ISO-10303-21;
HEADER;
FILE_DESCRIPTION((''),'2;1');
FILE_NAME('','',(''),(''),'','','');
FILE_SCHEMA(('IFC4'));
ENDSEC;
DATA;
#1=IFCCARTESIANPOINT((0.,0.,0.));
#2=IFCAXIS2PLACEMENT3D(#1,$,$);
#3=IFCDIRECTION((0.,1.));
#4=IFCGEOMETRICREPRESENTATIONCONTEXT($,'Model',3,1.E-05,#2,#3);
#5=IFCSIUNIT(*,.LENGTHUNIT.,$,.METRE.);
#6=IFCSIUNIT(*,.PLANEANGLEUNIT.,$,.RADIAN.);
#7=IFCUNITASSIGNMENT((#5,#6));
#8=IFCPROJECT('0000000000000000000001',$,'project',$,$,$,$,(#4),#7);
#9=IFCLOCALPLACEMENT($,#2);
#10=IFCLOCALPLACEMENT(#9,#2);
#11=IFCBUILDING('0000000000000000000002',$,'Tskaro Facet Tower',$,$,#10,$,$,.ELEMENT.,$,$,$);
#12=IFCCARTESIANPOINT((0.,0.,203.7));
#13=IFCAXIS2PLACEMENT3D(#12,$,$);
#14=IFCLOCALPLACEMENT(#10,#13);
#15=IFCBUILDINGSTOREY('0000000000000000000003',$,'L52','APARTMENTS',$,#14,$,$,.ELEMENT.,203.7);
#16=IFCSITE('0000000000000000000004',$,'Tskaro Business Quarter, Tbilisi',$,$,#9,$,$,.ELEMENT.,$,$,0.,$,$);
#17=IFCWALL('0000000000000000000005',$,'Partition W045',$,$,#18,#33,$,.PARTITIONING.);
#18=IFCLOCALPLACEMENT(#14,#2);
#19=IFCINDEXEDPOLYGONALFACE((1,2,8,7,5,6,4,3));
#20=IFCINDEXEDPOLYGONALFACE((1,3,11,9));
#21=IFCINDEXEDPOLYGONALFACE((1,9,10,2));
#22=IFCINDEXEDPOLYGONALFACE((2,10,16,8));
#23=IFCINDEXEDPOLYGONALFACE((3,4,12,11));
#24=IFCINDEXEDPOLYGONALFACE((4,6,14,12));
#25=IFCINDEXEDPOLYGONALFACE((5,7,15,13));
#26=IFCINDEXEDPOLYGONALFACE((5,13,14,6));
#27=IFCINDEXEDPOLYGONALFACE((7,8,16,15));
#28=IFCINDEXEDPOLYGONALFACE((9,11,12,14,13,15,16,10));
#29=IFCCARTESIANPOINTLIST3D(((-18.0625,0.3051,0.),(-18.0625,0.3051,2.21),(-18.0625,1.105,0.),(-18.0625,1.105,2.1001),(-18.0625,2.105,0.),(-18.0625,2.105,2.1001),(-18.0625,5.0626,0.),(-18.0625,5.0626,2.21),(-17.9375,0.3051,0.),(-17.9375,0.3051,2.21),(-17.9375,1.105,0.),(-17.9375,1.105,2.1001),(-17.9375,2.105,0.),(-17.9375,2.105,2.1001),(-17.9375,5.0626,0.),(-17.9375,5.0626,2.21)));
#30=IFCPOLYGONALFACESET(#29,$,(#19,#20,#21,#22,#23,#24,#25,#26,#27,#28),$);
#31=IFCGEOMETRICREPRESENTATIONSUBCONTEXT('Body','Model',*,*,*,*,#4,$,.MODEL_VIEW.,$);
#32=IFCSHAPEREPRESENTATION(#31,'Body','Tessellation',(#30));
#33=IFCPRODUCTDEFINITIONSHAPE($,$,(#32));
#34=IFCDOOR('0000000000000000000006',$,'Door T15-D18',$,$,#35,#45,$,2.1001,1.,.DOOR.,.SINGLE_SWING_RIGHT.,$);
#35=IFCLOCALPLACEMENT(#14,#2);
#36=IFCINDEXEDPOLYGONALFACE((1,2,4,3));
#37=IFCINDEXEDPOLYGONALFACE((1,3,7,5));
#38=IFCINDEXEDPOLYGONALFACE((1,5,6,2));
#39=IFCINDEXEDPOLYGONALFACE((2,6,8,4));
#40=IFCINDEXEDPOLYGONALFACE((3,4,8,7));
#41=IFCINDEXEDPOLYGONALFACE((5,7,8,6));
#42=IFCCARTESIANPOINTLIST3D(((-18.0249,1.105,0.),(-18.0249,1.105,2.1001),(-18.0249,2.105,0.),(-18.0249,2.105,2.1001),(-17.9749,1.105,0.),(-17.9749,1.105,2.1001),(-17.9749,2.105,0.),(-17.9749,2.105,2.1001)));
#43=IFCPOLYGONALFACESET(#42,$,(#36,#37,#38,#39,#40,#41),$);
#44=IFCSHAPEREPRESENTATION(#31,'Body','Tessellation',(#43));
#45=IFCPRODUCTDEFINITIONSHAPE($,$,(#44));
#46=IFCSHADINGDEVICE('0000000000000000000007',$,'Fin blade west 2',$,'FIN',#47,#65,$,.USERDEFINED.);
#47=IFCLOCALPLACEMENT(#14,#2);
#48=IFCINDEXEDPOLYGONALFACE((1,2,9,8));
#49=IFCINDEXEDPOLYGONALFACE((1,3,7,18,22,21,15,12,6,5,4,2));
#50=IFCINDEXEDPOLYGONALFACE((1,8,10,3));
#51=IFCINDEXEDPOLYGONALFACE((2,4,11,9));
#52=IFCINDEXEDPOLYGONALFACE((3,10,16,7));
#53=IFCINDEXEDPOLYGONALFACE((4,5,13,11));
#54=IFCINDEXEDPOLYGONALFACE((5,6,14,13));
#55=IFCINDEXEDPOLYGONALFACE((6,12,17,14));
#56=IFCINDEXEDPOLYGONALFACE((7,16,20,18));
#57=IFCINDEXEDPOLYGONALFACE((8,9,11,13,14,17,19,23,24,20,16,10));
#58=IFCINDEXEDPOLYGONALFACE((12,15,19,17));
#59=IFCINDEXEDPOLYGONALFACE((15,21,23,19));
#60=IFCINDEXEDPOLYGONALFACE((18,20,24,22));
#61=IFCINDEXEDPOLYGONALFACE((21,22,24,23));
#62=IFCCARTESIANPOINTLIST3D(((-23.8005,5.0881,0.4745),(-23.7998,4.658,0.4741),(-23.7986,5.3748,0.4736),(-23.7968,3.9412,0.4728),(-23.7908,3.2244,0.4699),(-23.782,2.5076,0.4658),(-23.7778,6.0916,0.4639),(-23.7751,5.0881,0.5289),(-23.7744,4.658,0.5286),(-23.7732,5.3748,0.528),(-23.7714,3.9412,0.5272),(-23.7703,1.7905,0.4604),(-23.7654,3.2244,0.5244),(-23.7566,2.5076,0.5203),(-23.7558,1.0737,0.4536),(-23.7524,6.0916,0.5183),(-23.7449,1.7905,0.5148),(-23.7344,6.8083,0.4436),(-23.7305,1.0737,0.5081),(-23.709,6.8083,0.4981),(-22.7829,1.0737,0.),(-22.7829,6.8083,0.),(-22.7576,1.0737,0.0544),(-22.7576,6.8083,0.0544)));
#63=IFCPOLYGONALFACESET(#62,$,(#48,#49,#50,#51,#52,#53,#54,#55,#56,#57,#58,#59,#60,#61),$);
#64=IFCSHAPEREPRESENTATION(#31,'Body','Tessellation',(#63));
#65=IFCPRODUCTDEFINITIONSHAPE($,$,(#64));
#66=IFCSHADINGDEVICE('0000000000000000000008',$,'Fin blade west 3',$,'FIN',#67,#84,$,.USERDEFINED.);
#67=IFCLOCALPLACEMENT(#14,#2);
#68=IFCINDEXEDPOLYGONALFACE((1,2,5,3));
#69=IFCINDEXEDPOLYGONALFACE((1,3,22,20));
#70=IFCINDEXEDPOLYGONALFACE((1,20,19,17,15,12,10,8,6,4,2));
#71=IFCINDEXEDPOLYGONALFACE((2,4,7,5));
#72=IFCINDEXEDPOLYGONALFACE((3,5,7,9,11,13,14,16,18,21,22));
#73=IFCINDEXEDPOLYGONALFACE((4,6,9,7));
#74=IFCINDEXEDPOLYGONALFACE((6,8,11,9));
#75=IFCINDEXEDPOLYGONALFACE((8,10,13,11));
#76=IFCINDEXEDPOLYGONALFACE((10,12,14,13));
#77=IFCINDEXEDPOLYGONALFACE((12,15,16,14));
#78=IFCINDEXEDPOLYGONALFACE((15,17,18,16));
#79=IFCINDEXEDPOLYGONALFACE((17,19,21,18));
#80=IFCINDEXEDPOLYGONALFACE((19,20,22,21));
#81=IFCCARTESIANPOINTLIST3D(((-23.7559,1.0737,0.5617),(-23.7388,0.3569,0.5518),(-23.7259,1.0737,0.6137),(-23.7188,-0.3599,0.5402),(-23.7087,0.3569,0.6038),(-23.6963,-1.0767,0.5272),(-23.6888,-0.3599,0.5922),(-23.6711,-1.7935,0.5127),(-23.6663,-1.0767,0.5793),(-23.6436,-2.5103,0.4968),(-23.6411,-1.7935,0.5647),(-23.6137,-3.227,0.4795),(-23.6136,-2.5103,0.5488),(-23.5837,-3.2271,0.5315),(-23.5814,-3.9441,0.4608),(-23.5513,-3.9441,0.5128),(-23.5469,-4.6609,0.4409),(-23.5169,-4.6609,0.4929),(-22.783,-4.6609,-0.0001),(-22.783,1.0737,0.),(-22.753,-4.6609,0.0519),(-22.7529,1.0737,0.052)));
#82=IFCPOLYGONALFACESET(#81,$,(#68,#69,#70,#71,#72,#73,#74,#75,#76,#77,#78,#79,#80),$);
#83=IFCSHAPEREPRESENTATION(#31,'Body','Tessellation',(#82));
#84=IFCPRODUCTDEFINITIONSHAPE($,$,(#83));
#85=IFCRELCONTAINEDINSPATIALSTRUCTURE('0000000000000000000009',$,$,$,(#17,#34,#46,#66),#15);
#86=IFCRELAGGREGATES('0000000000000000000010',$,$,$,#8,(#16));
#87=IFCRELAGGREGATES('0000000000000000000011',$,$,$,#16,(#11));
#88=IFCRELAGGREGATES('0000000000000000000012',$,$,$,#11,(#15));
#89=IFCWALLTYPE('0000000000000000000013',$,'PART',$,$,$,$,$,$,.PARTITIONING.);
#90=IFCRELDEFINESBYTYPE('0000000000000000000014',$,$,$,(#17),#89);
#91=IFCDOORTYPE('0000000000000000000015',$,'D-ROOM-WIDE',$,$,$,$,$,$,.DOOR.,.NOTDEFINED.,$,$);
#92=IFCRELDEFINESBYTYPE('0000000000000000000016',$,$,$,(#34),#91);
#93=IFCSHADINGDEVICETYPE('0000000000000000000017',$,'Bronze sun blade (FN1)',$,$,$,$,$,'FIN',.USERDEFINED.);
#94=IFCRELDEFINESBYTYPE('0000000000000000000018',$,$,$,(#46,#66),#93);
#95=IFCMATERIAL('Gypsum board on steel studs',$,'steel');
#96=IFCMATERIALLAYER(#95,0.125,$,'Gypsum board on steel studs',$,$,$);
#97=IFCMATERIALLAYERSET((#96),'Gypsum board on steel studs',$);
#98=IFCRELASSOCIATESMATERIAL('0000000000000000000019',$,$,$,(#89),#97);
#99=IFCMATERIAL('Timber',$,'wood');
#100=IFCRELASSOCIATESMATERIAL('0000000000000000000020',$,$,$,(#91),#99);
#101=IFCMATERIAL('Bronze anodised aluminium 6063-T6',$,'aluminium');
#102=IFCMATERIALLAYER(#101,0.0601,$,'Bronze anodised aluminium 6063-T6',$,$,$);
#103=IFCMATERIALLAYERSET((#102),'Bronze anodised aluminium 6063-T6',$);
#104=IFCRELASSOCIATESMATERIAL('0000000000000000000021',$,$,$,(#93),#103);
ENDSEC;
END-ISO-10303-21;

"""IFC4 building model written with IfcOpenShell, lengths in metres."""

from ifc_helpers import new_model, si_unit, direction, frame, frame_2d, origin, place, context, subcontext, project, spatial, polyline, rectangle, outline, extrude, material, layer, layer_set, type_object, element, fill, save


model = new_model("IFC4")

# Units and contexts
model_context = context("Model", 3, precision=1e-05, world=origin(), true_north=direction((0.0, 1.0)))
body_context = subcontext(model_context, "Body", "Model", "MODEL_VIEW")
ifc_project = project(units=[si_unit("LENGTHUNIT", "METRE"), si_unit("PLANEANGLEUNIT", "RADIAN")], contexts=[model_context])

# Site, building, storey
site_placement = place(None, origin())
site = spatial("IfcSite", under=ifc_project, at=site_placement, Name="Tskaro Business Quarter, Tbilisi", CompositionType="ELEMENT", RefElevation=0.0)
building_placement = place(site_placement, origin())
building = spatial("IfcBuilding", under=site, at=building_placement, Name="Tskaro Facet Tower", CompositionType="ELEMENT")
storey_placement = place(building_placement, frame((0.0, 0.0, 203.7)))
storey = spatial("IfcBuildingStorey", under=building, at=storey_placement, Name="L52", Description="APARTMENTS", CompositionType="ELEMENT", Elevation=203.7)

# Shared definitions
ifc_material_1 = material(Name="Bronze anodised aluminium 6063-T6", Category="aluminium")

# Shared definitions
ifc_material_2 = material(Name="Gypsum board on steel studs", Category="steel")
ifc_layer_1 = layer(ifc_material_2, 0.125, Name="Gypsum board on steel studs")
ifc_layer_set_1 = layer_set([ifc_layer_1], Name="Gypsum board on steel studs")
wall_type = type_object("IfcWallType", Name="PART", PredefinedType="PARTITIONING", material=ifc_layer_set_1)

# Wall, opening, door
ifc_material_3 = material(Name="Timber", Category="wood")
wall_1_placement = place(storey_placement, frame((-18.0, 0.3049, 0.0), z_axis=(0.0, 0.0, 1.0), x_axis=(0.0, 1.0, 0.0)))
wall_1 = element("IfcWall", 1, at=wall_1_placement, inside=storey, type_object=wall_type, Name="Partition W045", PredefinedType="PARTITIONING", context=body_context, shape_type="SweptSolid", body=[
    extrude(rectangle(XDim=4.7576, YDim=0.125, at=frame_2d((2.3789, 0.0))), origin(), (0.0, 0.0, 1.0), 2.21),
])
opening_1_placement = place(wall_1_placement, frame((0.8, 0.0, 0.0)))
opening_1 = element("IfcOpeningElement", 2, at=opening_1_placement, cuts=wall_1, PredefinedType="OPENING", context=body_context, shape_type="SweptSolid", body=[
    extrude(rectangle(XDim=1.0, YDim=2.1001, at=frame_2d((0.5, 1.05))), frame((0.0, 0.0725, 0.0), z_axis=(0.0, -1.0, 0.0), x_axis=(1.0, 0.0, 0.0)), (0.0, 0.0, 1.0), 0.145),
])
door_type_1 = type_object("IfcDoorType", Name="D-ROOM-WIDE", OperationType="NOTDEFINED", PredefinedType="DOOR", material=ifc_material_3)
door_1_placement = place(opening_1_placement, origin())
door_1 = element("IfcDoor", 3, at=door_1_placement, inside=storey, type_object=door_type_1, Name="Door T15-D18", OperationType="SINGLE_SWING_RIGHT", OverallHeight=2.1001, OverallWidth=1.0, PredefinedType="DOOR", context=body_context, shape_type="SweptSolid", body=[
    extrude(rectangle(XDim=1.0, YDim=2.1001, at=frame_2d((0.5, 1.05))), frame((0.0, 0.0249, 0.0), z_axis=(0.0, -1.0, 0.0), x_axis=(1.0, 0.0, 0.0)), (0.0, 0.0, 1.0), 0.05),
])
fill(opening_1, door_1)

# Shading devices
ifc_layer_2 = layer(ifc_material_1, 0.0601, Name="Bronze anodised aluminium 6063-T6")
ifc_layer_set_2 = layer_set([ifc_layer_2], Name="Bronze anodised aluminium 6063-T6")
shading_device_type = type_object("IfcShadingDeviceType", Name="Bronze sun blade (FN1)", ElementType="FIN", PredefinedType="USERDEFINED", material=ifc_layer_set_2)
shading_device_1_placement = place(storey_placement, frame((-22.7576, 6.8083, 0.0544), z_axis=(0.422593, 0.0, 0.906319), x_axis=(0.0, -1.0, 0.0)))
element("IfcShadingDevice", 4, at=shading_device_1_placement, inside=storey, type_object=shading_device_type, Name="Fin blade west 2", ObjectType="FIN", PredefinedType="USERDEFINED", context=body_context, shape_type="SweptSolid", body=[
    extrude(outline(polyline([(0.0, 0.0), (5.7346, 0.0), (5.7346, -1.0735), (5.0178, -1.0894), (4.3008, -1.1023), (3.584, -1.112), (2.8672, -1.1187), (2.1504, -1.1219), (1.7202, -1.1227), (1.4336, -1.1206), (0.7168, -1.0977), (0.0, -1.0498), (0.0, 0.0)])), origin(), (0.0, 0.0, -1.0), 0.0601),
])
shading_device_2_placement = place(storey_placement, frame((-22.7529, 1.0737, 0.052), z_axis=(0.499966, -0.000016, 0.866045), x_axis=(-0.000008, -1.0, -0.000014)))
element("IfcShadingDevice", 5, at=shading_device_2_placement, inside=storey, type_object=shading_device_type, Name="Fin blade west 3", ObjectType="FIN", PredefinedType="USERDEFINED", context=body_context, shape_type="SweptSolid", body=[
    extrude(outline(polyline([(0.0, 0.0), (5.7346, 0.0), (5.7346, -0.882), (5.0178, -0.9219), (4.3008, -0.9592), (3.584, -0.9937), (2.8672, -1.0255), (2.1504, -1.0546), (1.4336, -1.0806), (0.7168, -1.1036), (0.0, -1.1234), (0.0, 0.0)])), origin(), (0.0, 0.0, -1.0), 0.0601),
])

save(model, "model.ifc")
